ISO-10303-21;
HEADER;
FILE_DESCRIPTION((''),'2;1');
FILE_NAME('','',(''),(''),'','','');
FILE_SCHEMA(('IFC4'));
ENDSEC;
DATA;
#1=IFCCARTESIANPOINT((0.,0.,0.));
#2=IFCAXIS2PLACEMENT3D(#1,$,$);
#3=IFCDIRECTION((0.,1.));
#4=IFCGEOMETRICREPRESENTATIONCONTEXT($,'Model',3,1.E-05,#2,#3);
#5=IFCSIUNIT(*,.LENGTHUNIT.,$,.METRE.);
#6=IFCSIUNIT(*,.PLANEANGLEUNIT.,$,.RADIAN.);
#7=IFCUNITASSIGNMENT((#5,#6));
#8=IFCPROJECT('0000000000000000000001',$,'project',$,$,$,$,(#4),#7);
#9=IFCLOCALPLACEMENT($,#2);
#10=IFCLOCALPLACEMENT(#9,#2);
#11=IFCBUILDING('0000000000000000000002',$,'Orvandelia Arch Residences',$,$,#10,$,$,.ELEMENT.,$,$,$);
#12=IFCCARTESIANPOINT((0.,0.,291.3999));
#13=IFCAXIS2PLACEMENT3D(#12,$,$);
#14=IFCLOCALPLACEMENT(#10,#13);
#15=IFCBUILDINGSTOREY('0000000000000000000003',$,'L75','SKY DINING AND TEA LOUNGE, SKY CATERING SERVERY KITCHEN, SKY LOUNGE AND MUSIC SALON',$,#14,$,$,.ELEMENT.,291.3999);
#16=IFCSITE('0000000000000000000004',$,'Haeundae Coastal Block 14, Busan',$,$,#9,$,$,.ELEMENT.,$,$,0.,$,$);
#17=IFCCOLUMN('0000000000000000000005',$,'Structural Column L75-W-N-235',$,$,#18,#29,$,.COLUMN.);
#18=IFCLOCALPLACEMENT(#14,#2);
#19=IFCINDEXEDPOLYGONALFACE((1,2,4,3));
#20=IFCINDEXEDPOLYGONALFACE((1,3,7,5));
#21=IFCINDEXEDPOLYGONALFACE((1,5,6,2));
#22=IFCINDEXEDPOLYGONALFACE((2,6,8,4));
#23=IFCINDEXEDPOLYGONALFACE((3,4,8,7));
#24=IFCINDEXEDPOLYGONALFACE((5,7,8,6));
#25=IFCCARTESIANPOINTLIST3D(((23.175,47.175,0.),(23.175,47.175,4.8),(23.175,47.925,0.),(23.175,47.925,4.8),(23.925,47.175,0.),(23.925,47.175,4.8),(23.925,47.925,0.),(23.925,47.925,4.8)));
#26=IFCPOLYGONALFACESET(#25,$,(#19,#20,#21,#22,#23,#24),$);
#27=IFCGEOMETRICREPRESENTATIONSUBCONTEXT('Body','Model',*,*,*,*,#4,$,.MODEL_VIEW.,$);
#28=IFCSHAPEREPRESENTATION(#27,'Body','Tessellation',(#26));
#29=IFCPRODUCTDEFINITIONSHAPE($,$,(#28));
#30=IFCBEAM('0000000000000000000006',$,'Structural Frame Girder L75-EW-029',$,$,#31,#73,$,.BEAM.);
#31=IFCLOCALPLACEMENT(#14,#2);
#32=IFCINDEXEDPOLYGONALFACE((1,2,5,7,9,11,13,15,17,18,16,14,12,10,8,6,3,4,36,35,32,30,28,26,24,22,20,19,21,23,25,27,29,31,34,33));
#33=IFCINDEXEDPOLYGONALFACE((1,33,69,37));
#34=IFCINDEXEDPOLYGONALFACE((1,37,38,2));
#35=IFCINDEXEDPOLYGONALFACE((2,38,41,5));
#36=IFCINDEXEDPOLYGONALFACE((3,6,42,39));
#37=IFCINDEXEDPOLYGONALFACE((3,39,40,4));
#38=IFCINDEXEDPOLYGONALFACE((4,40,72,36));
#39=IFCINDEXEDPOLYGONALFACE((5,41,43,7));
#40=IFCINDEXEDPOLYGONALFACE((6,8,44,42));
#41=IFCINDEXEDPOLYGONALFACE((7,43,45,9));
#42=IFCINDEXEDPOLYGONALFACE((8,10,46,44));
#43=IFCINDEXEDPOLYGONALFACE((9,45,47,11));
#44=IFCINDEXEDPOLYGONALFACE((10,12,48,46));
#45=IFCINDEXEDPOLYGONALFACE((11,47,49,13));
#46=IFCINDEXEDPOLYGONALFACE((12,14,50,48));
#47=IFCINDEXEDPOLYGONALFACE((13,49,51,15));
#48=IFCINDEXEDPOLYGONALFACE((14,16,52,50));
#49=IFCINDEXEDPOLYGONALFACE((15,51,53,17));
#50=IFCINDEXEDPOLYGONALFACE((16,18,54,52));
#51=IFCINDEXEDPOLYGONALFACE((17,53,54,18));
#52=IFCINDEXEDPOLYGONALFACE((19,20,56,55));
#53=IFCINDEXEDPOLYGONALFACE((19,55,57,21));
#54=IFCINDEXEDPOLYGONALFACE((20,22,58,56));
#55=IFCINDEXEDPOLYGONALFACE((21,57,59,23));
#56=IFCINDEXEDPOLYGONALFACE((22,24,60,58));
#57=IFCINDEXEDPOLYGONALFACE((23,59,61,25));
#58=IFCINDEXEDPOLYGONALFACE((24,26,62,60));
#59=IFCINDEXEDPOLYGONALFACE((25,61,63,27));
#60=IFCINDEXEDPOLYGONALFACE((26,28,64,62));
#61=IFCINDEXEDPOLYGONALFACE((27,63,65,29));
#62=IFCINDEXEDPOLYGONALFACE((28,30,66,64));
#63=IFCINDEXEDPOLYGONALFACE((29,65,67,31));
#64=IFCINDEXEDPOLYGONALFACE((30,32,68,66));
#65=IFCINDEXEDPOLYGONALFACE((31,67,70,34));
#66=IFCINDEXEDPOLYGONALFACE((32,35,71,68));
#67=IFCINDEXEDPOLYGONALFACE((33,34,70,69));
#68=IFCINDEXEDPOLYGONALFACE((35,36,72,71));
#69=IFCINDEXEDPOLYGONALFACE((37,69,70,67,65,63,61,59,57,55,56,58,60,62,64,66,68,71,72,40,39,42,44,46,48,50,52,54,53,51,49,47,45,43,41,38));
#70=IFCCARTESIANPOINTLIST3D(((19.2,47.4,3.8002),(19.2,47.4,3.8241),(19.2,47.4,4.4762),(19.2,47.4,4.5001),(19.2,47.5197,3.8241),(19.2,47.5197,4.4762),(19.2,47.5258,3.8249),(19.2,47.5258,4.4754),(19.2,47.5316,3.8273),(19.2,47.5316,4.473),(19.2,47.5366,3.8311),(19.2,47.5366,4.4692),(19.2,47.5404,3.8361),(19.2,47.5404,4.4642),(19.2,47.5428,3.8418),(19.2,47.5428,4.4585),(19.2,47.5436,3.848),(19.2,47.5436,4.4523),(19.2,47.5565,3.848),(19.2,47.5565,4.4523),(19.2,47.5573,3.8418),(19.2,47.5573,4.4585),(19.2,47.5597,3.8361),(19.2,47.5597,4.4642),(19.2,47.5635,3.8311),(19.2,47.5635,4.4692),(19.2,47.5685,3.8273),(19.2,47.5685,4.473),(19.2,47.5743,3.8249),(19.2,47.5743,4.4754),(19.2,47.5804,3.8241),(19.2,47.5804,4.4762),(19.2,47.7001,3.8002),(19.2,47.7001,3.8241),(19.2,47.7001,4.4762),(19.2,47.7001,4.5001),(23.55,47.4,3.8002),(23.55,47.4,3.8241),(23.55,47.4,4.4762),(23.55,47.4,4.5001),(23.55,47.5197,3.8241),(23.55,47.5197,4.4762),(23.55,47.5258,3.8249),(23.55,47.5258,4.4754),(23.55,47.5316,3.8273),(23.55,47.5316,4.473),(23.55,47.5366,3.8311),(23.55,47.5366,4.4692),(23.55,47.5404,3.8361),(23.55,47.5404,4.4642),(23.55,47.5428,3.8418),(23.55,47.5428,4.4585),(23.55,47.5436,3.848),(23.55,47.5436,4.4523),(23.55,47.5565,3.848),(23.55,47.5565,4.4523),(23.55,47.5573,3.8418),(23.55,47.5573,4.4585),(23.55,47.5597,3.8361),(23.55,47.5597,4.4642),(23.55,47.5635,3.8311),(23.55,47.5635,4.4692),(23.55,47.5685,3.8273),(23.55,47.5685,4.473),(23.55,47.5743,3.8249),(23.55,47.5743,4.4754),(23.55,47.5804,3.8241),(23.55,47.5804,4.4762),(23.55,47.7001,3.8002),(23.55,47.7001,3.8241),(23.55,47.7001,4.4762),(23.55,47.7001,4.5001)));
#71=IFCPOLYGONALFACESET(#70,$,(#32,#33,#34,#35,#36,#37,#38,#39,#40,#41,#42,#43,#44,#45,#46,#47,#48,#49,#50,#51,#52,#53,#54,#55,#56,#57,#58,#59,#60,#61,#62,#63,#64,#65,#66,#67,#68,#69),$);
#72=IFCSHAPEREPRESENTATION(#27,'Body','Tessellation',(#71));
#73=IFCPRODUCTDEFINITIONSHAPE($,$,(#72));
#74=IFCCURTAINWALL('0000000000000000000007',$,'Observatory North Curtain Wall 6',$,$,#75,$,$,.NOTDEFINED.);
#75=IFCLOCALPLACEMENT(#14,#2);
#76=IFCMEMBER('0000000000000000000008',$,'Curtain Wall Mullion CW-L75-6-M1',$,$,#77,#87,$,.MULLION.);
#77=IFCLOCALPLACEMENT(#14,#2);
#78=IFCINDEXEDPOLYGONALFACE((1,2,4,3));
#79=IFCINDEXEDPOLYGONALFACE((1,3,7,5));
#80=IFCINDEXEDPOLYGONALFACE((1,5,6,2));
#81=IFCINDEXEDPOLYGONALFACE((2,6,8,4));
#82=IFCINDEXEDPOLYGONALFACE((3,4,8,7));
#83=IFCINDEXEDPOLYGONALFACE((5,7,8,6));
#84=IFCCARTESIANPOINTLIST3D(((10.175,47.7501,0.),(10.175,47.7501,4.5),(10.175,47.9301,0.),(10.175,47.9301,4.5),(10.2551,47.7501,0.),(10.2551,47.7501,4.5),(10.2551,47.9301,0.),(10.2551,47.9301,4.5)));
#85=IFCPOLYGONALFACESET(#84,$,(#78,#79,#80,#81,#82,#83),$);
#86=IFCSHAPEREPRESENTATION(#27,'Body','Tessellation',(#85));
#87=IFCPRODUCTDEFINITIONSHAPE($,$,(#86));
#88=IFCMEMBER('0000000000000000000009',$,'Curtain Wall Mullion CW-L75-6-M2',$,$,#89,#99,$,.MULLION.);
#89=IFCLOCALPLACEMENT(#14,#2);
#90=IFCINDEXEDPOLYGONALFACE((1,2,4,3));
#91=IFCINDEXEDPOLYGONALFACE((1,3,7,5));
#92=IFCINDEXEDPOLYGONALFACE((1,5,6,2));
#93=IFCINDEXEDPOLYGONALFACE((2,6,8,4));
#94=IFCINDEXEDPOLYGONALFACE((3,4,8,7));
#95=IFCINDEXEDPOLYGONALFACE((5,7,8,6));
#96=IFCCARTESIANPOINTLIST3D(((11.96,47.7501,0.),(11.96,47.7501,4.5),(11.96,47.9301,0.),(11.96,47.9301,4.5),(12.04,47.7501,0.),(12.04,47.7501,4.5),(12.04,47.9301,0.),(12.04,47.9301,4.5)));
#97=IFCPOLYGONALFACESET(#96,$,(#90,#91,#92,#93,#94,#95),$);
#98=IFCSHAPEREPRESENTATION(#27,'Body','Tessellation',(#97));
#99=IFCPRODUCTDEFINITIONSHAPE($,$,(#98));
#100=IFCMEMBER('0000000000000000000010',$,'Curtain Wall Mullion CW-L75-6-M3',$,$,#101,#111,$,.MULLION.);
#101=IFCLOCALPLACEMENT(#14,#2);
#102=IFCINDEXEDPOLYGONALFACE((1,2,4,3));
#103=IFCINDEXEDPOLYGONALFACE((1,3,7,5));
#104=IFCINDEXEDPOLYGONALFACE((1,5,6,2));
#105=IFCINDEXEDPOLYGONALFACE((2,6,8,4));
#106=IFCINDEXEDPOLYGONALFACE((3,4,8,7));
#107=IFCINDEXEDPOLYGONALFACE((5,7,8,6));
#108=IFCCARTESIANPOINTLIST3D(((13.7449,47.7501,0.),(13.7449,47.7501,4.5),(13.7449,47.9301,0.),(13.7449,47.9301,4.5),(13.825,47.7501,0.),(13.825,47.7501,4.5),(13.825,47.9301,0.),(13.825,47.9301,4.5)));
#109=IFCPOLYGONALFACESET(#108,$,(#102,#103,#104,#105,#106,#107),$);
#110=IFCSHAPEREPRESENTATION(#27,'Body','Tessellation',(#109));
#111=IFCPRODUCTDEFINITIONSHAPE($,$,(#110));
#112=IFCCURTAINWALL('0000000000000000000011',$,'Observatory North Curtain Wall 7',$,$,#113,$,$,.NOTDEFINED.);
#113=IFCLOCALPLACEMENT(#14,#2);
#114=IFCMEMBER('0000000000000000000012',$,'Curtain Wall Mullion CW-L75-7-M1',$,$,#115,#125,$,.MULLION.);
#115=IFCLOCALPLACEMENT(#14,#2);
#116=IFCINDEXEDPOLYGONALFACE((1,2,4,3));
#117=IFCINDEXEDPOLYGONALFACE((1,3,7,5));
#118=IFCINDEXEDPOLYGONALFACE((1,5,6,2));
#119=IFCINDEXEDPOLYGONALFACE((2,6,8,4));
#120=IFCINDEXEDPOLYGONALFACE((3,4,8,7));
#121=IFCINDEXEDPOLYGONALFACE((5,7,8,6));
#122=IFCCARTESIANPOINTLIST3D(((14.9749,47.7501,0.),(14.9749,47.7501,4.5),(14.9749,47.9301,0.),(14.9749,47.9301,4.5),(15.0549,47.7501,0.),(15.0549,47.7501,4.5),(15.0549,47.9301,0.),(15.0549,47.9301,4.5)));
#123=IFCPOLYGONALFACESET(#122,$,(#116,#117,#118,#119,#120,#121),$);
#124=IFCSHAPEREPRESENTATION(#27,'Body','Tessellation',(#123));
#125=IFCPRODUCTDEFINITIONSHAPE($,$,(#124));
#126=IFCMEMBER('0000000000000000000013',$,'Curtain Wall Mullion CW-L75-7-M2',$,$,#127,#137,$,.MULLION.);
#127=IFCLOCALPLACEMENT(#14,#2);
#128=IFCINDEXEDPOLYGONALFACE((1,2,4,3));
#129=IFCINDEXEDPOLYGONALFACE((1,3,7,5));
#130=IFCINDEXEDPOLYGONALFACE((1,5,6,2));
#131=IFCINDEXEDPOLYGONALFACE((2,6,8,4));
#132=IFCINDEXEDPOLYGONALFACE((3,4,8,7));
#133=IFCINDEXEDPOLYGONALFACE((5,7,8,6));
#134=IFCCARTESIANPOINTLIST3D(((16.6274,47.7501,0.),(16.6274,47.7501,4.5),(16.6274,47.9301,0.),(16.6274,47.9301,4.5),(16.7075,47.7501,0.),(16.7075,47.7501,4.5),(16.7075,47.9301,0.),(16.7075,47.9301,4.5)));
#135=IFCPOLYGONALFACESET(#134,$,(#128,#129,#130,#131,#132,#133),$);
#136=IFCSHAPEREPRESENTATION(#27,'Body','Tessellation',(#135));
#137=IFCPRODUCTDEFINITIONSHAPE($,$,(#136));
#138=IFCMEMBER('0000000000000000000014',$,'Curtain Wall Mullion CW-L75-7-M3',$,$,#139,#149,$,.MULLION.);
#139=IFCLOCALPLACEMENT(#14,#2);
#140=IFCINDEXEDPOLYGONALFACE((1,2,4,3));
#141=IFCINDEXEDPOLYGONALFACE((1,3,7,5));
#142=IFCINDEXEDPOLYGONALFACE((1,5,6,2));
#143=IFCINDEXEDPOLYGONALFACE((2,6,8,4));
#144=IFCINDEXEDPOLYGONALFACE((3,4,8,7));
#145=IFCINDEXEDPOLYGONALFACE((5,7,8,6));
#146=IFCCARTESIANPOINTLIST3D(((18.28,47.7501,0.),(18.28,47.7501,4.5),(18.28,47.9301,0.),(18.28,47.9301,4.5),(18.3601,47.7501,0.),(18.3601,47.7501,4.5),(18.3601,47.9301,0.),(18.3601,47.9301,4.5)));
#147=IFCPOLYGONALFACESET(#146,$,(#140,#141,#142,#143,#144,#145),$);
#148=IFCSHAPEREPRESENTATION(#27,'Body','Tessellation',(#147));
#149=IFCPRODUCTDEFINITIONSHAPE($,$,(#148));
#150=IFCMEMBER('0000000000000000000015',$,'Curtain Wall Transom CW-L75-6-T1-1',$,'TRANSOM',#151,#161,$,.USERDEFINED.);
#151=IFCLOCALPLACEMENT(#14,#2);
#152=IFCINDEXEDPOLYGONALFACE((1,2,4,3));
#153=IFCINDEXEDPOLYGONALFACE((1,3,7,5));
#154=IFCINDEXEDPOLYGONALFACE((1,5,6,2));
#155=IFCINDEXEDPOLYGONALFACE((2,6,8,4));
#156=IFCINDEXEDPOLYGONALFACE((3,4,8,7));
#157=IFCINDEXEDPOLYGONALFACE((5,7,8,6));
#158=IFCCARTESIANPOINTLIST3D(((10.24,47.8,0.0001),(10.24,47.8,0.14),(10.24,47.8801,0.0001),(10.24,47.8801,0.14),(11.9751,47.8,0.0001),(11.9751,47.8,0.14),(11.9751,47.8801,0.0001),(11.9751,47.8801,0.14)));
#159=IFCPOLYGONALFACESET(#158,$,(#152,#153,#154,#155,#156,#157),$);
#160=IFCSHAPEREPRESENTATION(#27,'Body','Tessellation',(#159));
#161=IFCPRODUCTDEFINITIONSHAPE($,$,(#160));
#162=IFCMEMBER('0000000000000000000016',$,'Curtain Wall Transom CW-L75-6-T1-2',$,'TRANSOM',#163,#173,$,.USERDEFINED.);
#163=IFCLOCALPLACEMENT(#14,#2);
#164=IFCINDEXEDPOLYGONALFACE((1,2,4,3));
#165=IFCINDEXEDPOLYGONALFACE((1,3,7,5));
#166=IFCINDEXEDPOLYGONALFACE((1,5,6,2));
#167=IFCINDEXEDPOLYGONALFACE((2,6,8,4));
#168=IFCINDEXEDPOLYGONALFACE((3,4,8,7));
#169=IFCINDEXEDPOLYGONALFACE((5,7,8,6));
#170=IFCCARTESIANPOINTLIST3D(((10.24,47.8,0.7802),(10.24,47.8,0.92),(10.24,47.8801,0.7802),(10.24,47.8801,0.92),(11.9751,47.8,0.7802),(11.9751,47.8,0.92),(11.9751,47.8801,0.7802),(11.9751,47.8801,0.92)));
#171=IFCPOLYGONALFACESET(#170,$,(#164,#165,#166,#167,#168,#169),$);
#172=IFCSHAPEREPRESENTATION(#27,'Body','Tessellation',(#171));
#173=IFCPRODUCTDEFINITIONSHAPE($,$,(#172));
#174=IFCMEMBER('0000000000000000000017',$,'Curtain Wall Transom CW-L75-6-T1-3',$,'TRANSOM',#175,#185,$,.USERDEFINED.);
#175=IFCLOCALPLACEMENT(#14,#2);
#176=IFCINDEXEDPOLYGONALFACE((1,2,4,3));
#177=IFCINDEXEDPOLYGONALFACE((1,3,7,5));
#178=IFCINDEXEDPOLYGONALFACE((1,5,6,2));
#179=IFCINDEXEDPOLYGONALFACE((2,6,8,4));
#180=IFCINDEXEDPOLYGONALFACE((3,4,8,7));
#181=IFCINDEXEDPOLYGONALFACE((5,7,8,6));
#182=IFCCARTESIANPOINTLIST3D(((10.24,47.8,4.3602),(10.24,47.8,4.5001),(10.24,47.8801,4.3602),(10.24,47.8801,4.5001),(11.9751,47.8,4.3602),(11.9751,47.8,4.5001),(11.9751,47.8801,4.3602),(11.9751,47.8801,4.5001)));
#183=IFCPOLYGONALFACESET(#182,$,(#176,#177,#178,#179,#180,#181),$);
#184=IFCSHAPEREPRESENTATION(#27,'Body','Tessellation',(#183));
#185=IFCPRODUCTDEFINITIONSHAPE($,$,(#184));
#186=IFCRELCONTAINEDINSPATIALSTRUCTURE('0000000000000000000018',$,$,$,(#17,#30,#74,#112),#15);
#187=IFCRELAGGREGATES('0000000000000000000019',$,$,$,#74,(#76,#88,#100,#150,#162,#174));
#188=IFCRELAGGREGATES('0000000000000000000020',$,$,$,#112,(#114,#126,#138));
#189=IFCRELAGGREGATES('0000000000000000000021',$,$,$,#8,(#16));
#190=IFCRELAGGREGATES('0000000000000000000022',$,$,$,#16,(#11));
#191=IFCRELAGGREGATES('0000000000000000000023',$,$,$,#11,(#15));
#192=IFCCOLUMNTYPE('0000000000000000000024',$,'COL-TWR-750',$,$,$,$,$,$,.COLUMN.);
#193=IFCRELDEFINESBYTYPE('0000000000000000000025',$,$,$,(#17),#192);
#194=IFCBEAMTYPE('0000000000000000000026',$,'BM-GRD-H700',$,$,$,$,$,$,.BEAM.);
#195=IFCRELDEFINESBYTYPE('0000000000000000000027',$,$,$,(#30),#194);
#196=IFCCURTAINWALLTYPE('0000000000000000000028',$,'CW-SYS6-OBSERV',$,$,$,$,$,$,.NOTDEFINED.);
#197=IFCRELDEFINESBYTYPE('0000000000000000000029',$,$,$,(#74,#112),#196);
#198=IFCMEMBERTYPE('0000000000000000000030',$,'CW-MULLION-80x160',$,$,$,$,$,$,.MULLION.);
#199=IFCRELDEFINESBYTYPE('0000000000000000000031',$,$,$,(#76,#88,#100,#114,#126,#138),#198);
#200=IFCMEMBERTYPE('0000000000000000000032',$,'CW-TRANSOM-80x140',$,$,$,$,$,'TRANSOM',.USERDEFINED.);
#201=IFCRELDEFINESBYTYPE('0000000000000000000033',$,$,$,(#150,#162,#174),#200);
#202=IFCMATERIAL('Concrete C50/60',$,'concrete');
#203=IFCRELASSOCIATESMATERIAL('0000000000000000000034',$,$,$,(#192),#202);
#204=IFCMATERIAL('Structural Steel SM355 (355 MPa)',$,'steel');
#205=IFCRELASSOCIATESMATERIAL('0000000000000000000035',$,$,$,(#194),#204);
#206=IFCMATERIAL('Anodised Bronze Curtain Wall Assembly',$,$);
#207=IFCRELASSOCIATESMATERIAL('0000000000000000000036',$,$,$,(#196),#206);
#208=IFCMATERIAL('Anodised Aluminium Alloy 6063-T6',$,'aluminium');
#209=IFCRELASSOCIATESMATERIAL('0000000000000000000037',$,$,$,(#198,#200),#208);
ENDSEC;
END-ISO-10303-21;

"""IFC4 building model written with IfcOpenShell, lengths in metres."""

from ifc_helpers import new_model, si_unit, direction, frame, origin, origin_2d, place, context, subcontext, project, spatial, rectangle, i_section, extrude, material, material_profile, profile_set, type_object, element, aggregate, save


model = new_model("IFC4")

# Units and contexts
model_context = context("Model", 3, precision=1e-05, world=origin(), true_north=direction((0.0, 1.0)))
body_context = subcontext(model_context, "Body", "Model", "MODEL_VIEW")
ifc_project = project(units=[si_unit("LENGTHUNIT", "METRE"), si_unit("PLANEANGLEUNIT", "RADIAN")], contexts=[model_context])

# Site, building, storey
site_placement = place(None, origin())
site = spatial("IfcSite", under=ifc_project, at=site_placement, Name="Haeundae Coastal Block 14, Busan", CompositionType="ELEMENT", RefElevation=0.0)
building_placement = place(site_placement, origin())
building = spatial("IfcBuilding", under=site, at=building_placement, Name="Orvandelia Arch Residences", CompositionType="ELEMENT")
storey_placement = place(building_placement, frame((0.0, 0.0, 291.3999)))
storey = spatial("IfcBuildingStorey", under=building, at=storey_placement, Name="L75", Description="SKY DINING AND TEA LOUNGE, SKY CATERING SERVERY KITCHEN, SKY LOUNGE AND MUSIC SALON", CompositionType="ELEMENT", Elevation=291.3999)

# Column
ifc_material_1 = material(Name="Concrete C50/60", Category="concrete")
ifc_material_profile_1 = material_profile(ifc_material_1, rectangle(XDim=0.75, YDim=0.75, at=origin_2d()), Name="Concrete C50/60", Category="concrete")
ifc_profile_set_1 = profile_set([ifc_material_profile_1], Name="Concrete C50/60")
column_type = type_object("IfcColumnType", Name="COL-TWR-750", PredefinedType="COLUMN", material=ifc_profile_set_1)
column_placement = place(storey_placement, frame((23.55, 47.55, 0.0), z_axis=(0.0, 0.0, 1.0), x_axis=(1.0, 0.0, 0.0)))
element("IfcColumn", 1, at=column_placement, inside=storey, type_object=column_type, Name="Structural Column L75-W-N-235", PredefinedType="COLUMN", context=body_context, shape_type="SweptSolid", body=[
    extrude(rectangle(XDim=0.75, YDim=0.75, at=origin_2d()), origin(), (0.0, 0.0, 1.0), 4.8),
])

# Beam
ifc_material_2 = material(Name="Structural Steel SM355 (355 MPa)", Category="steel")
ifc_material_profile_2 = material_profile(ifc_material_2, i_section(OverallWidth=0.3, OverallDepth=0.7, WebThickness=0.0129, FlangeThickness=0.0239, FilletRadius=0.0239, at=origin_2d()), Name="Structural Steel SM355 (355 MPa)", Category="steel")
ifc_profile_set_2 = profile_set([ifc_material_profile_2], Name="Structural Steel SM355 (355 MPa)")
beam_type = type_object("IfcBeamType", Name="BM-GRD-H700", PredefinedType="BEAM", material=ifc_profile_set_2)
beam_placement = place(storey_placement, frame((19.2, 47.55, 4.1501), z_axis=(1.0, 0.0, 0.0), x_axis=(0.0, 1.0, 0.0)))
element("IfcBeam", 2, at=beam_placement, inside=storey, type_object=beam_type, Name="Structural Frame Girder L75-EW-029", PredefinedType="BEAM", context=body_context, shape_type="SweptSolid", body=[
    extrude(i_section(OverallWidth=0.3, OverallDepth=0.7, WebThickness=0.0129, FlangeThickness=0.0239, FilletRadius=0.0239, at=origin_2d()), origin(), (0.0, 0.0, 1.0), 4.3501),
])

# Curtain walls, members
ifc_material_3 = material(Name="Anodised Bronze Curtain Wall Assembly")
curtain_wall_type = type_object("IfcCurtainWallType", Name="CW-SYS6-OBSERV", PredefinedType="NOTDEFINED", material=ifc_material_3)
curtain_wall_1_placement = place(storey_placement, origin())
curtain_wall_1 = element("IfcCurtainWall", 3, at=curtain_wall_1_placement, inside=storey, type_object=curtain_wall_type, Name="Observatory North Curtain Wall 6", PredefinedType="NOTDEFINED")
ifc_material_4 = material(Name="Anodised Aluminium Alloy 6063-T6", Category="aluminium")
ifc_material_profile_3 = material_profile(ifc_material_4, rectangle(XDim=0.0801, YDim=0.1799, at=origin_2d()), Name="Anodised Aluminium Alloy 6063-T6", Category="aluminium")
ifc_profile_set_3 = profile_set([ifc_material_profile_3], Name="Anodised Aluminium Alloy 6063-T6")
member_type_1 = type_object("IfcMemberType", Name="CW-MULLION-80x160", PredefinedType="MULLION", material=ifc_profile_set_3)
member_1_placement = place(storey_placement, frame((10.2151, 47.8401, 0.0), z_axis=(0.0, 0.0, 1.0), x_axis=(1.0, 0.0, 0.0)))
member_1 = element("IfcMember", 4, at=member_1_placement, type_object=member_type_1, Name="Curtain Wall Mullion CW-L75-6-M1", PredefinedType="MULLION", context=body_context, shape_type="SweptSolid", body=[
    extrude(rectangle(XDim=0.0801, YDim=0.1799, at=origin_2d()), origin(), (0.0, 0.0, 1.0), 4.5),
])
member_2_placement = place(storey_placement, frame((12.0, 47.8401, 0.0), z_axis=(0.0, 0.0, 1.0), x_axis=(1.0, 0.0, 0.0)))
member_2 = element("IfcMember", 5, at=member_2_placement, type_object=member_type_1, Name="Curtain Wall Mullion CW-L75-6-M2", PredefinedType="MULLION", context=body_context, shape_type="SweptSolid", body=[
    extrude(rectangle(XDim=0.0801, YDim=0.1799, at=origin_2d()), origin(), (0.0, 0.0, 1.0), 4.5),
])
member_3_placement = place(storey_placement, frame((13.7849, 47.8401, 0.0), z_axis=(0.0, 0.0, 1.0), x_axis=(1.0, 0.0, 0.0)))
member_3 = element("IfcMember", 6, at=member_3_placement, type_object=member_type_1, Name="Curtain Wall Mullion CW-L75-6-M3", PredefinedType="MULLION", context=body_context, shape_type="SweptSolid", body=[
    extrude(rectangle(XDim=0.0801, YDim=0.1799, at=origin_2d()), origin(), (0.0, 0.0, 1.0), 4.5),
])
curtain_wall_2_placement = place(storey_placement, origin())
curtain_wall_2 = element("IfcCurtainWall", 7, at=curtain_wall_2_placement, inside=storey, type_object=curtain_wall_type, Name="Observatory North Curtain Wall 7", PredefinedType="NOTDEFINED")
member_4_placement = place(storey_placement, frame((15.0149, 47.8401, 0.0), z_axis=(0.0, 0.0, 1.0), x_axis=(1.0, 0.0, 0.0)))
member_4 = element("IfcMember", 8, at=member_4_placement, type_object=member_type_1, Name="Curtain Wall Mullion CW-L75-7-M1", PredefinedType="MULLION", context=body_context, shape_type="SweptSolid", body=[
    extrude(rectangle(XDim=0.0801, YDim=0.1799, at=origin_2d()), origin(), (0.0, 0.0, 1.0), 4.5),
])
member_5_placement = place(storey_placement, frame((16.6675, 47.8401, 0.0), z_axis=(0.0, 0.0, 1.0), x_axis=(1.0, 0.0, 0.0)))
member_5 = element("IfcMember", 9, at=member_5_placement, type_object=member_type_1, Name="Curtain Wall Mullion CW-L75-7-M2", PredefinedType="MULLION", context=body_context, shape_type="SweptSolid", body=[
    extrude(rectangle(XDim=0.0801, YDim=0.1799, at=origin_2d()), origin(), (0.0, 0.0, 1.0), 4.5),
])
member_6_placement = place(storey_placement, frame((18.3201, 47.8401, 0.0), z_axis=(0.0, 0.0, 1.0), x_axis=(1.0, 0.0, 0.0)))
member_6 = element("IfcMember", 10, at=member_6_placement, type_object=member_type_1, Name="Curtain Wall Mullion CW-L75-7-M3", PredefinedType="MULLION", context=body_context, shape_type="SweptSolid", body=[
    extrude(rectangle(XDim=0.0801, YDim=0.1799, at=origin_2d()), origin(), (0.0, 0.0, 1.0), 4.5),
])

# Members
ifc_material_profile_4 = material_profile(ifc_material_4, rectangle(XDim=0.0801, YDim=0.1399, at=origin_2d()), Name="Anodised Aluminium Alloy 6063-T6", Category="aluminium")
ifc_profile_set_4 = profile_set([ifc_material_profile_4], Name="Anodised Aluminium Alloy 6063-T6")
member_type_2 = type_object("IfcMemberType", Name="CW-TRANSOM-80x140", ElementType="TRANSOM", PredefinedType="USERDEFINED", material=ifc_profile_set_4)
member_7_placement = place(storey_placement, frame((10.24, 47.8401, 0.0701), z_axis=(1.0, 0.0, 0.0), x_axis=(0.0, 1.0, 0.0)))
member_7 = element("IfcMember", 11, at=member_7_placement, type_object=member_type_2, Name="Curtain Wall Transom CW-L75-6-T1-1", ObjectType="TRANSOM", PredefinedType="USERDEFINED", context=body_context, shape_type="SweptSolid", body=[
    extrude(rectangle(XDim=0.0801, YDim=0.1399, at=origin_2d()), origin(), (0.0, 0.0, 1.0), 1.7351),
])
member_8_placement = place(storey_placement, frame((10.24, 47.8401, 0.8501), z_axis=(1.0, 0.0, 0.0), x_axis=(0.0, 1.0, 0.0)))
member_8 = element("IfcMember", 12, at=member_8_placement, type_object=member_type_2, Name="Curtain Wall Transom CW-L75-6-T1-2", ObjectType="TRANSOM", PredefinedType="USERDEFINED", context=body_context, shape_type="SweptSolid", body=[
    extrude(rectangle(XDim=0.0801, YDim=0.1399, at=origin_2d()), origin(), (0.0, 0.0, 1.0), 1.7351),
])
member_9_placement = place(storey_placement, frame((10.24, 47.8401, 4.4302), z_axis=(1.0, 0.0, 0.0), x_axis=(0.0, 1.0, 0.0)))
member_9 = element("IfcMember", 13, at=member_9_placement, type_object=member_type_2, Name="Curtain Wall Transom CW-L75-6-T1-3", ObjectType="TRANSOM", PredefinedType="USERDEFINED", context=body_context, shape_type="SweptSolid", body=[
    extrude(rectangle(XDim=0.0801, YDim=0.1399, at=origin_2d()), origin(), (0.0, 0.0, 1.0), 1.7351),
])

aggregate(curtain_wall_1, [member_1, member_2, member_3, member_7, member_8, member_9])
aggregate(curtain_wall_2, [member_4, member_5, member_6])

save(model, "model.ifc")
